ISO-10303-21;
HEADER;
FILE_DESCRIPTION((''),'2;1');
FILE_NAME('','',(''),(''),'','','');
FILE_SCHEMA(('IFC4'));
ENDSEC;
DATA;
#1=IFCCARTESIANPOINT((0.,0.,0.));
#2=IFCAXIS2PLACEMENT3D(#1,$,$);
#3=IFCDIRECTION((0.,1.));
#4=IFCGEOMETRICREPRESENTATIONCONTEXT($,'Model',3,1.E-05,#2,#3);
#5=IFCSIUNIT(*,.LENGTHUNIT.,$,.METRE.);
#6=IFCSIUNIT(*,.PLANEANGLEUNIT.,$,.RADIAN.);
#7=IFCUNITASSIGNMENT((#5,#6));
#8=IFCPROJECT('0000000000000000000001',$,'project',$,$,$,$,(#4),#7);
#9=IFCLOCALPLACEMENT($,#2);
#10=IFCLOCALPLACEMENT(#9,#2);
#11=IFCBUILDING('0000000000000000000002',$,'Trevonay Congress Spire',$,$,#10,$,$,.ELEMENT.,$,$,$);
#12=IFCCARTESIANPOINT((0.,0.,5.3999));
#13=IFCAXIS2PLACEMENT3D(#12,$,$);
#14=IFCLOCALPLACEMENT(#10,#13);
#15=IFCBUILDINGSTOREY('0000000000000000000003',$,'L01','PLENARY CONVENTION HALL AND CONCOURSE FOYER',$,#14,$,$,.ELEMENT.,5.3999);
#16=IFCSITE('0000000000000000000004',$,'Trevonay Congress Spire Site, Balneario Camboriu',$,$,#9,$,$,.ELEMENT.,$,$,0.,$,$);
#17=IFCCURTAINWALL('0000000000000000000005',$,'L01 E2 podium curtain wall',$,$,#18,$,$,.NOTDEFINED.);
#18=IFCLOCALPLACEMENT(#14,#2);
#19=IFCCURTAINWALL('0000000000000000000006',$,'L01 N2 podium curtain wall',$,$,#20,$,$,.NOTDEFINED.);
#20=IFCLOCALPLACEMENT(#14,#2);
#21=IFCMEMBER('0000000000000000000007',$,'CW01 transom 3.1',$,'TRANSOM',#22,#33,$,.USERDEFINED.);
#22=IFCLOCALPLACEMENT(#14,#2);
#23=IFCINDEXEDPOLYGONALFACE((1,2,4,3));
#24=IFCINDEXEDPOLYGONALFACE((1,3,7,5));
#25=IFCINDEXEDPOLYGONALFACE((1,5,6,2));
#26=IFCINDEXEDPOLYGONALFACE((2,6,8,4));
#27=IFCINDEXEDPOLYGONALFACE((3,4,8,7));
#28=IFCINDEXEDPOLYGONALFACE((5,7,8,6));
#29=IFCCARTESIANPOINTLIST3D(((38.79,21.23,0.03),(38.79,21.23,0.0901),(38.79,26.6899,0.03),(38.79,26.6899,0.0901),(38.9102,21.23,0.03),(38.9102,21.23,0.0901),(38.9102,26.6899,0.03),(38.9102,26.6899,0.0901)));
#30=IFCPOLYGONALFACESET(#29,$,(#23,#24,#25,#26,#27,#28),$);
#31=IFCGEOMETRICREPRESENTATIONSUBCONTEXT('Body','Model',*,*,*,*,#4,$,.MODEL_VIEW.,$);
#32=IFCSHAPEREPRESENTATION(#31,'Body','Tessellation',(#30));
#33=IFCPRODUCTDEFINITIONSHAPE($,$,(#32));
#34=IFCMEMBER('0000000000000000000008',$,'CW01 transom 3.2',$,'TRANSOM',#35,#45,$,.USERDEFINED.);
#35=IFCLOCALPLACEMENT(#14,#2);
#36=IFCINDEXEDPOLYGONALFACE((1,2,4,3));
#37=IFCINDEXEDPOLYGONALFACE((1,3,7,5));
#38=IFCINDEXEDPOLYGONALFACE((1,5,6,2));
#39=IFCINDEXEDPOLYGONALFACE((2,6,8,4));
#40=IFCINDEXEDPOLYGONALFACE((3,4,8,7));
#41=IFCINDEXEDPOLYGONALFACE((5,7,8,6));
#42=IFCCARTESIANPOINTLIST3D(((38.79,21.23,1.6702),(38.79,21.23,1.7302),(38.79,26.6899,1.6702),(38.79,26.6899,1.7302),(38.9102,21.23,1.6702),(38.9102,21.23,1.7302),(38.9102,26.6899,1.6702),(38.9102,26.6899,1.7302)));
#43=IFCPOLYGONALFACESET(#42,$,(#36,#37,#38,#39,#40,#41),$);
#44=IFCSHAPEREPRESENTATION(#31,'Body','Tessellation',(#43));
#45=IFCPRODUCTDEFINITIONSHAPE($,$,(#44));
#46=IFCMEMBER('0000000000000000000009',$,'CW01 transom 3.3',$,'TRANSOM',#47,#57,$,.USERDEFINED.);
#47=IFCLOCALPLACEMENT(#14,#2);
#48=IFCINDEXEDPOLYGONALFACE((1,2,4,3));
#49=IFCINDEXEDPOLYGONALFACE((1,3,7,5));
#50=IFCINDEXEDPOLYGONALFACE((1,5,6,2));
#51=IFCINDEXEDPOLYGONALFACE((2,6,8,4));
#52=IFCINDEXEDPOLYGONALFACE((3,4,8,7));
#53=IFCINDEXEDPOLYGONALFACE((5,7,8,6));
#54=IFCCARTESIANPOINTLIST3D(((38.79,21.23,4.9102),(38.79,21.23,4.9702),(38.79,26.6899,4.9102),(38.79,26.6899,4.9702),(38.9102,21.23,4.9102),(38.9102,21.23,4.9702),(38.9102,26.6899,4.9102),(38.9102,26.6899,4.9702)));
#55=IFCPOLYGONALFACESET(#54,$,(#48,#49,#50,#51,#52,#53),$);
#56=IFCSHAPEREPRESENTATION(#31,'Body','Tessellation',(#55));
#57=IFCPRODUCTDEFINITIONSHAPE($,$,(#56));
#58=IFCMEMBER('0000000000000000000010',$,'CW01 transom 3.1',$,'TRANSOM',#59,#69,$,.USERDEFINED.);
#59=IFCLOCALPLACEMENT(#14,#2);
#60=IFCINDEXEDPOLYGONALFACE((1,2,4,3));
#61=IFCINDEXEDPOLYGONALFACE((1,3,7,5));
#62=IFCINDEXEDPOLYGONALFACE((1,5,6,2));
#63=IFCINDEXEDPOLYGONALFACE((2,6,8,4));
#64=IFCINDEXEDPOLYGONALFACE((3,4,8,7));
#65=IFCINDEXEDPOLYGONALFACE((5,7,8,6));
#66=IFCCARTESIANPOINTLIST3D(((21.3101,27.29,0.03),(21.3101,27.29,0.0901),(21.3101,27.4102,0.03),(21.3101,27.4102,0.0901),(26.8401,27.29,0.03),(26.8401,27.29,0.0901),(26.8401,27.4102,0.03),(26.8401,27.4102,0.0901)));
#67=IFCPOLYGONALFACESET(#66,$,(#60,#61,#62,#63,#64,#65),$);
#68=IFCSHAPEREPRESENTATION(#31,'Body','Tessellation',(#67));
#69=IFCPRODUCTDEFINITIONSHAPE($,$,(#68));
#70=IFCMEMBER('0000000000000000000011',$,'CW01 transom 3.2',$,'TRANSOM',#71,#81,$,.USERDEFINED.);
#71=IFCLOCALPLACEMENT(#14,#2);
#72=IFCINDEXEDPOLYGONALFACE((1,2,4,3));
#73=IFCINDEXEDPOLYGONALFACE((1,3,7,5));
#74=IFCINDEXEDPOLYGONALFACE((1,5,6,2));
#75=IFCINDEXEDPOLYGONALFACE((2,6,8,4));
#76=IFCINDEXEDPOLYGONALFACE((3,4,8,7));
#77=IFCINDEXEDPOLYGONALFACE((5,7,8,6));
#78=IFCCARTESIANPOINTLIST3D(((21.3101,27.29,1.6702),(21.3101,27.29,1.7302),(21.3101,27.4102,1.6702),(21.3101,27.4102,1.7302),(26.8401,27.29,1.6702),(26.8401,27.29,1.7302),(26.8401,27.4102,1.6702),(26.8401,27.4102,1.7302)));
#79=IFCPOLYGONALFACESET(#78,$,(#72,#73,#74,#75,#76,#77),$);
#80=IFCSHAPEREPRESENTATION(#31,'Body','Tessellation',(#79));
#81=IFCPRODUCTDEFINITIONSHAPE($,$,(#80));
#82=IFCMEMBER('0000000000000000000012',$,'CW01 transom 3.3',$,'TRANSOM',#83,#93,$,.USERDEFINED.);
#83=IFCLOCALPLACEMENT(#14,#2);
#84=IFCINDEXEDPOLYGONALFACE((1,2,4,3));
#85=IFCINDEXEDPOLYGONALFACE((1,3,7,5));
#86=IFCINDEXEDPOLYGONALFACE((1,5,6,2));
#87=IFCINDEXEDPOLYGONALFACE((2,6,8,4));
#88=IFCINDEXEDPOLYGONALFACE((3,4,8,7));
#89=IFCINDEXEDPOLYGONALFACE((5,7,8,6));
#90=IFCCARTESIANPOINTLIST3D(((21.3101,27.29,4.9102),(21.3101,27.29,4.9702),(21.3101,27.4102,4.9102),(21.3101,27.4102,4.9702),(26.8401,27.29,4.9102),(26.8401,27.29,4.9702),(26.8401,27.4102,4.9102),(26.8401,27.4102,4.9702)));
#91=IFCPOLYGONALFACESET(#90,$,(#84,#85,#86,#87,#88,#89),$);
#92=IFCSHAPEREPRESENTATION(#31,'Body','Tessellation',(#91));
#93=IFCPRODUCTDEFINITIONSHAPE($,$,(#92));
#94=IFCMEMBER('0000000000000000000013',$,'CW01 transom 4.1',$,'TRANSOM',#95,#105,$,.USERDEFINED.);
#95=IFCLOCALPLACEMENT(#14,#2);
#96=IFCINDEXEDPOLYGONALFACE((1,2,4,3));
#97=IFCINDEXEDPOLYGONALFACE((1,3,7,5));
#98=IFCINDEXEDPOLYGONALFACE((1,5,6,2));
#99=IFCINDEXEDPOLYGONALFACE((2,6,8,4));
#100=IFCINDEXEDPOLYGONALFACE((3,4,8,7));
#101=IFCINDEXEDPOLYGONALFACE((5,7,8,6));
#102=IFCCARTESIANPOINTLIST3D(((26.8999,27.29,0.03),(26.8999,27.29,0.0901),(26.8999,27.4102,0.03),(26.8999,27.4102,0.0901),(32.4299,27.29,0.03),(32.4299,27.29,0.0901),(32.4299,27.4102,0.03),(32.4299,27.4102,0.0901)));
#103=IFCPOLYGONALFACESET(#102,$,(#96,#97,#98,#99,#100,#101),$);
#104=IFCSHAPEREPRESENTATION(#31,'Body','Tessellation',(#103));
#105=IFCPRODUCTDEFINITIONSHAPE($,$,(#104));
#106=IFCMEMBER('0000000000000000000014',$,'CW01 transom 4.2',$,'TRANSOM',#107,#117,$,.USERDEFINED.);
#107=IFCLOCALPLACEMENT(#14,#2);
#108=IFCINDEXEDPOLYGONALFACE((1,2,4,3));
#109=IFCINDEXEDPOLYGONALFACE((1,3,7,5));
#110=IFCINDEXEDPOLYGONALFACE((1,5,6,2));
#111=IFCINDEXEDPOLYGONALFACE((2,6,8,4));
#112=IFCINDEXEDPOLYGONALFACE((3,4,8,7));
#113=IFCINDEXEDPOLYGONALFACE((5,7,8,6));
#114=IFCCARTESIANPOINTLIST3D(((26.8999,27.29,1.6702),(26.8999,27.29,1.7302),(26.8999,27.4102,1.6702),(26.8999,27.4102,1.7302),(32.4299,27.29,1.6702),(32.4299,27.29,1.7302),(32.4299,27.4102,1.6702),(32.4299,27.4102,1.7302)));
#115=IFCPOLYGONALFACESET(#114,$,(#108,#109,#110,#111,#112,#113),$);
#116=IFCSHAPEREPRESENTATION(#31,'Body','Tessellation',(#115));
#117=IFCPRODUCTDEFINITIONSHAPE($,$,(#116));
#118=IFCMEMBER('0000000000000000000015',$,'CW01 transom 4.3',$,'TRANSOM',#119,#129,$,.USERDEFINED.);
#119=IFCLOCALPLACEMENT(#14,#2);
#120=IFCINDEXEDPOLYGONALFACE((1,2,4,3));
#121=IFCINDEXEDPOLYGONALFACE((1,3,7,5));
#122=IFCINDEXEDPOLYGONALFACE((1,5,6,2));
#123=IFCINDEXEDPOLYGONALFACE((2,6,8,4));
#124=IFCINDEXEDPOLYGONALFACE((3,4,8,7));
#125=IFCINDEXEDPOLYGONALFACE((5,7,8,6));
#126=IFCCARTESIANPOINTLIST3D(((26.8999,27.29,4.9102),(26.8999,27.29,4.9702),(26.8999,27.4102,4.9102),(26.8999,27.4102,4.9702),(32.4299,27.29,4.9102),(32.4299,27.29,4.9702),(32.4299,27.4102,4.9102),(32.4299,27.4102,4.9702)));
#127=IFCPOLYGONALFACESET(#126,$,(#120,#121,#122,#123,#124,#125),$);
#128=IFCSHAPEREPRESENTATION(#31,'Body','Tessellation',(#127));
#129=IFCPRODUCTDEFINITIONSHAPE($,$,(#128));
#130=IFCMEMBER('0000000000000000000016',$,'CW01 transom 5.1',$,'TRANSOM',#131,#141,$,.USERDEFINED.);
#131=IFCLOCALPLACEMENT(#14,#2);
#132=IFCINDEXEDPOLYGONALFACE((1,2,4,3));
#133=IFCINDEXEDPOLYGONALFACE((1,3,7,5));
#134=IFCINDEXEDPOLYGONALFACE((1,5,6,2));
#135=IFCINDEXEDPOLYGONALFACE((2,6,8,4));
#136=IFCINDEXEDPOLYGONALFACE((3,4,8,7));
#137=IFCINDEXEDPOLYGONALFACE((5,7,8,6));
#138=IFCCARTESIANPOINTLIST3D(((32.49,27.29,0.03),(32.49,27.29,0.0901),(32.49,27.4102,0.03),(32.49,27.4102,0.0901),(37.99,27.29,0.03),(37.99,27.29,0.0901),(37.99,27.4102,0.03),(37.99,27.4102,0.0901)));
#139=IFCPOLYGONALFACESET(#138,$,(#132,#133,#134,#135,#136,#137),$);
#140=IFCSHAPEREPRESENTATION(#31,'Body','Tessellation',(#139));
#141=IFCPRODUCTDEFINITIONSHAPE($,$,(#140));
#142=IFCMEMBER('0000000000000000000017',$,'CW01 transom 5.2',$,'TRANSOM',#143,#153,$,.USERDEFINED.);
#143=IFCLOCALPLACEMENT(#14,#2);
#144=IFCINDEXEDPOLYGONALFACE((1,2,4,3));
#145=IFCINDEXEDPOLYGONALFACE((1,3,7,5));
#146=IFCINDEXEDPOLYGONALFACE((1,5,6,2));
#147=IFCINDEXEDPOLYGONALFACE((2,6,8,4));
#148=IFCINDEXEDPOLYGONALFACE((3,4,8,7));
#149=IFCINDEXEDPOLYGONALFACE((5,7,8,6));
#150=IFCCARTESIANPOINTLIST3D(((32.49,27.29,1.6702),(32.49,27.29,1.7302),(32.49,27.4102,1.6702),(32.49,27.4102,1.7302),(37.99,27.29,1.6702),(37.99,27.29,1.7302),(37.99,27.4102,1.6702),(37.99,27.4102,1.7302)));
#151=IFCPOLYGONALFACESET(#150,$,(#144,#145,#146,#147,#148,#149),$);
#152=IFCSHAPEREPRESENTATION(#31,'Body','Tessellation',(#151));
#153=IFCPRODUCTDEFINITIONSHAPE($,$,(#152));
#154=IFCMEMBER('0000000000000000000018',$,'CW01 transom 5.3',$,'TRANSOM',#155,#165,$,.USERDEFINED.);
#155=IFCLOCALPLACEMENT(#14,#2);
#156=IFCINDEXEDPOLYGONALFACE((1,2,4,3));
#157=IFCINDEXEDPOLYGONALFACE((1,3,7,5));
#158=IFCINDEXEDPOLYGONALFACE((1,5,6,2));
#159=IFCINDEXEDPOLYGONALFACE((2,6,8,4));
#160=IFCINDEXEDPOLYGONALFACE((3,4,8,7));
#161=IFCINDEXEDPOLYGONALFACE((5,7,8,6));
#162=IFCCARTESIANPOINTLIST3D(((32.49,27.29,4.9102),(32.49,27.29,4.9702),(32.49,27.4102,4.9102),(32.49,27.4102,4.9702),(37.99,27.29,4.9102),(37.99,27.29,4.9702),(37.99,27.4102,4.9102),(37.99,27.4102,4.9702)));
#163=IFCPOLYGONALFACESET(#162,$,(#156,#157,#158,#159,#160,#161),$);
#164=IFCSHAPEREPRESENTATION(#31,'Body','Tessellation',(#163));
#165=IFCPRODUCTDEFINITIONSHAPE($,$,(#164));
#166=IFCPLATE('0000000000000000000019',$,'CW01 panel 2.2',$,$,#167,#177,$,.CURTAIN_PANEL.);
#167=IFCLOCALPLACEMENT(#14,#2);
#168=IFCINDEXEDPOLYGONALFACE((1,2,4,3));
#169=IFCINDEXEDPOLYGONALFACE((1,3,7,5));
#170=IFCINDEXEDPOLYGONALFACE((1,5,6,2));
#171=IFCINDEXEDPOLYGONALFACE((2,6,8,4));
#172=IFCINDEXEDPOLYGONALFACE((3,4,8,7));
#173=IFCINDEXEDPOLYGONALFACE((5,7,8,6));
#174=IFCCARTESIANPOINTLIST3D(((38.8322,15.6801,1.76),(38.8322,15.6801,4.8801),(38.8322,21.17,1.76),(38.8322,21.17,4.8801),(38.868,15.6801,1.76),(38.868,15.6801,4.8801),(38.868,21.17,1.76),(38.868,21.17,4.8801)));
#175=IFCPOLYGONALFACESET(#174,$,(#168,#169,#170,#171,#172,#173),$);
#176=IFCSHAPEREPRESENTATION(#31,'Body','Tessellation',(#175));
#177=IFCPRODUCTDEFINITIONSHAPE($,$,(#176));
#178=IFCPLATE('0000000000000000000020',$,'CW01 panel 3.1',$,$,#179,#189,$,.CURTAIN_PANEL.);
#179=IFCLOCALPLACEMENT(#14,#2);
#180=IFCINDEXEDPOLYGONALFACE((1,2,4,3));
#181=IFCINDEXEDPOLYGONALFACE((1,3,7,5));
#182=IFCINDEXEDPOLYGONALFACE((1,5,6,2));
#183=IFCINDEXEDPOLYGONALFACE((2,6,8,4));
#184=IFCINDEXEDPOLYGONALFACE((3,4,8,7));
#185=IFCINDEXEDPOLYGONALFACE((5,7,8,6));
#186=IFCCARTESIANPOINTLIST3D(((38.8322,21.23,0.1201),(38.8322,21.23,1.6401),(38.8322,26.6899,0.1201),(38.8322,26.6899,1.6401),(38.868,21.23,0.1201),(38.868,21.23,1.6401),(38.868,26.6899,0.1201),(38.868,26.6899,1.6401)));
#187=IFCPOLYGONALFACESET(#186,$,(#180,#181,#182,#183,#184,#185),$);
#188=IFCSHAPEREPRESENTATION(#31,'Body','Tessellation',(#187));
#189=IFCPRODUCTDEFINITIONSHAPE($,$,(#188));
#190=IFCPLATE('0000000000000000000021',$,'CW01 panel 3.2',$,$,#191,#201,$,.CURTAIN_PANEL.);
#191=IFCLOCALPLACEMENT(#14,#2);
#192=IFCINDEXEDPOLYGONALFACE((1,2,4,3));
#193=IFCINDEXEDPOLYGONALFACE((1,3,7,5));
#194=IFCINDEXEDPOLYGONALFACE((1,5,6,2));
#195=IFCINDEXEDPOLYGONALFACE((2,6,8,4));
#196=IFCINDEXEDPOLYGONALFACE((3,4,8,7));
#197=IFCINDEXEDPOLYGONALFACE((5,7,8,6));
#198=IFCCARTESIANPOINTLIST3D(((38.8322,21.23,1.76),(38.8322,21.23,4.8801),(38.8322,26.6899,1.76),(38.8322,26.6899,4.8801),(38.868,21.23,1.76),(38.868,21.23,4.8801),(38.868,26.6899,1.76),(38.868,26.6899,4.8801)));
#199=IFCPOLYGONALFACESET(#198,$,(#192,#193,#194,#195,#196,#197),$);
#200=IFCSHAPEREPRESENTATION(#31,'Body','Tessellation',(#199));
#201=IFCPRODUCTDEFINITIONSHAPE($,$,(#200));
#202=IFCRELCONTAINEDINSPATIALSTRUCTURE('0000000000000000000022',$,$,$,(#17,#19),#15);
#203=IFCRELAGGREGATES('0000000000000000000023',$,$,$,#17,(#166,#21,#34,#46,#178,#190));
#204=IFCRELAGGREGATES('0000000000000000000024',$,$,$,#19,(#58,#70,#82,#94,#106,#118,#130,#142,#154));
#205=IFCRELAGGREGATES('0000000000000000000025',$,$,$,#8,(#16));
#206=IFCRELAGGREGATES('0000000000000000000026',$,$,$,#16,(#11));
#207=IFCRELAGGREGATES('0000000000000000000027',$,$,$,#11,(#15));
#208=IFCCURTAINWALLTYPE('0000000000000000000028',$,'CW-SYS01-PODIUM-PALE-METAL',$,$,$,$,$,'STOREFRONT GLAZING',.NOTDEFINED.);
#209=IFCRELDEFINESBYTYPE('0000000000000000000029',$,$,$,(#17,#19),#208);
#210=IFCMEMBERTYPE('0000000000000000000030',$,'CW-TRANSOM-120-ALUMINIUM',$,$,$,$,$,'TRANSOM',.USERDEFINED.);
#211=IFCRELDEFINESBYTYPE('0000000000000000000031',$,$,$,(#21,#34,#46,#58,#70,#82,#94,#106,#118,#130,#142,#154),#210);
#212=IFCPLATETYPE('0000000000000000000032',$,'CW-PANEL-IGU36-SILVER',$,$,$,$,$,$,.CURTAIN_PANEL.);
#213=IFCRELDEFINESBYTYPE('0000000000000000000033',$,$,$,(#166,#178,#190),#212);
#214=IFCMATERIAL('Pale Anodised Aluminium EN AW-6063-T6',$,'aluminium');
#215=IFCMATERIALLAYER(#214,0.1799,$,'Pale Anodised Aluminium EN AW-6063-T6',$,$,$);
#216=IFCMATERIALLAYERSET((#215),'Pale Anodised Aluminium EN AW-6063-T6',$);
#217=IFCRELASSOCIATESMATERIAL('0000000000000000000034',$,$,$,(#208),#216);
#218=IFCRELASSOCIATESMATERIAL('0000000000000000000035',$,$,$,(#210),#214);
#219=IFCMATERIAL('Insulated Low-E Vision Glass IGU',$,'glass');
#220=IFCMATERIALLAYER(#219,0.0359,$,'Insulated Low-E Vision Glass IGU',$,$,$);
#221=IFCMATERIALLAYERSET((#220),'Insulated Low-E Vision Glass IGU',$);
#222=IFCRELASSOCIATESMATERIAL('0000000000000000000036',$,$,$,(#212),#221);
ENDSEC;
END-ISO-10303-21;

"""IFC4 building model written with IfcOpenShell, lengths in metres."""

from ifc_helpers import new_model, si_unit, direction, frame, origin, origin_2d, place, context, subcontext, project, spatial, rectangle, extrude, material, layer, layer_set, material_profile, profile_set, type_object, element, aggregate, save


model = new_model("IFC4")

# Units and contexts
model_context = context("Model", 3, precision=1e-05, world=origin(), true_north=direction((0.0, 1.0)))
body_context = subcontext(model_context, "Body", "Model", "MODEL_VIEW")
ifc_project = project(units=[si_unit("LENGTHUNIT", "METRE"), si_unit("PLANEANGLEUNIT", "RADIAN")], contexts=[model_context])

# Site, building, storey
site_placement = place(None, origin())
site = spatial("IfcSite", under=ifc_project, at=site_placement, Name="Trevonay Congress Spire Site, Balneario Camboriu", CompositionType="ELEMENT", RefElevation=0.0)
building_placement = place(site_placement, origin())
building = spatial("IfcBuilding", under=site, at=building_placement, Name="Trevonay Congress Spire", CompositionType="ELEMENT")
storey_placement = place(building_placement, frame((0.0, 0.0, 5.3999)))
storey = spatial("IfcBuildingStorey", under=building, at=storey_placement, Name="L01", Description="PLENARY CONVENTION HALL AND CONCOURSE FOYER", CompositionType="ELEMENT", Elevation=5.3999)

# Curtain walls
ifc_material_1 = material(Name="Pale Anodised Aluminium EN AW-6063-T6", Category="aluminium")
ifc_layer_1 = layer(ifc_material_1, 0.1799, Name="Pale Anodised Aluminium EN AW-6063-T6")
ifc_layer_set_1 = layer_set([ifc_layer_1], Name="Pale Anodised Aluminium EN AW-6063-T6")
curtain_wall_type = type_object("IfcCurtainWallType", Name="CW-SYS01-PODIUM-PALE-METAL", ElementType="STOREFRONT GLAZING", PredefinedType="NOTDEFINED", material=ifc_layer_set_1)
curtain_wall_1_placement = place(storey_placement, origin())
curtain_wall_1 = element("IfcCurtainWall", 1, at=curtain_wall_1_placement, inside=storey, type_object=curtain_wall_type, Name="L01 E2 podium curtain wall", PredefinedType="NOTDEFINED")
curtain_wall_2_placement = place(storey_placement, origin())
curtain_wall_2 = element("IfcCurtainWall", 2, at=curtain_wall_2_placement, inside=storey, type_object=curtain_wall_type, Name="L01 N2 podium curtain wall", PredefinedType="NOTDEFINED")

# Members
ifc_material_profile_1 = material_profile(ifc_material_1, rectangle(XDim=0.1201, YDim=0.0601, at=origin_2d()), Name="CW-TRANSOM-120-ALUMINIUM")
ifc_profile_set_1 = profile_set([ifc_material_profile_1], Name="Pale Anodised Aluminium EN AW-6063-T6")
member_type_1 = type_object("IfcMemberType", Name="CW-TRANSOM-120-ALUMINIUM", ElementType="TRANSOM", PredefinedType="USERDEFINED", material=ifc_profile_set_1)
member_1_placement = place(storey_placement, frame((38.8501, 21.23, 0.0601), z_axis=(0.0, 1.0, 0.0), x_axis=(-1.0, 0.0, 0.0)))
member_1 = element("IfcMember", 3, at=member_1_placement, type_object=member_type_1, Name="CW01 transom 3.1", ObjectType="TRANSOM", PredefinedType="USERDEFINED", context=body_context, shape_type="SweptSolid", body=[
    extrude(rectangle(XDim=0.1201, YDim=0.0601, at=origin_2d()), origin(), (0.0, 0.0, 1.0), 5.46),
])
member_2_placement = place(storey_placement, frame((38.8501, 21.23, 1.7002), z_axis=(0.0, 1.0, 0.0), x_axis=(-1.0, 0.0, 0.0)))
member_2 = element("IfcMember", 4, at=member_2_placement, type_object=member_type_1, Name="CW01 transom 3.2", ObjectType="TRANSOM", PredefinedType="USERDEFINED", context=body_context, shape_type="SweptSolid", body=[
    extrude(rectangle(XDim=0.1201, YDim=0.0601, at=origin_2d()), origin(), (0.0, 0.0, 1.0), 5.46),
])
member_3_placement = place(storey_placement, frame((38.8501, 21.23, 4.9402), z_axis=(0.0, 1.0, 0.0), x_axis=(-1.0, 0.0, 0.0)))
member_3 = element("IfcMember", 5, at=member_3_placement, type_object=member_type_1, Name="CW01 transom 3.3", ObjectType="TRANSOM", PredefinedType="USERDEFINED", context=body_context, shape_type="SweptSolid", body=[
    extrude(rectangle(XDim=0.1201, YDim=0.0601, at=origin_2d()), origin(), (0.0, 0.0, 1.0), 5.46),
])
member_4_placement = place(storey_placement, frame((21.3101, 27.3501, 0.0601), z_axis=(1.0, 0.0, 0.0), x_axis=(0.0, 1.0, 0.0)))
member_4 = element("IfcMember", 6, at=member_4_placement, type_object=member_type_1, Name="CW01 transom 3.1", ObjectType="TRANSOM", PredefinedType="USERDEFINED", context=body_context, shape_type="SweptSolid", body=[
    extrude(rectangle(XDim=0.1201, YDim=0.0601, at=origin_2d()), origin(), (0.0, 0.0, 1.0), 5.53),
])
member_5_placement = place(storey_placement, frame((21.3101, 27.3501, 1.7002), z_axis=(1.0, 0.0, 0.0), x_axis=(0.0, 1.0, 0.0)))
member_5 = element("IfcMember", 7, at=member_5_placement, type_object=member_type_1, Name="CW01 transom 3.2", ObjectType="TRANSOM", PredefinedType="USERDEFINED", context=body_context, shape_type="SweptSolid", body=[
    extrude(rectangle(XDim=0.1201, YDim=0.0601, at=origin_2d()), origin(), (0.0, 0.0, 1.0), 5.53),
])
member_6_placement = place(storey_placement, frame((21.3101, 27.3501, 4.9402), z_axis=(1.0, 0.0, 0.0), x_axis=(0.0, 1.0, 0.0)))
member_6 = element("IfcMember", 8, at=member_6_placement, type_object=member_type_1, Name="CW01 transom 3.3", ObjectType="TRANSOM", PredefinedType="USERDEFINED", context=body_context, shape_type="SweptSolid", body=[
    extrude(rectangle(XDim=0.1201, YDim=0.0601, at=origin_2d()), origin(), (0.0, 0.0, 1.0), 5.53),
])
member_7_placement = place(storey_placement, frame((26.8999, 27.3501, 0.0601), z_axis=(1.0, 0.0, 0.0), x_axis=(0.0, 1.0, 0.0)))
member_7 = element("IfcMember", 9, at=member_7_placement, type_object=member_type_1, Name="CW01 transom 4.1", ObjectType="TRANSOM", PredefinedType="USERDEFINED", context=body_context, shape_type="SweptSolid", body=[
    extrude(rectangle(XDim=0.1201, YDim=0.0601, at=origin_2d()), origin(), (0.0, 0.0, 1.0), 5.53),
])
member_8_placement = place(storey_placement, frame((26.8999, 27.3501, 1.7002), z_axis=(1.0, 0.0, 0.0), x_axis=(0.0, 1.0, 0.0)))
member_8 = element("IfcMember", 10, at=member_8_placement, type_object=member_type_1, Name="CW01 transom 4.2", ObjectType="TRANSOM", PredefinedType="USERDEFINED", context=body_context, shape_type="SweptSolid", body=[
    extrude(rectangle(XDim=0.1201, YDim=0.0601, at=origin_2d()), origin(), (0.0, 0.0, 1.0), 5.53),
])
member_9_placement = place(storey_placement, frame((26.8999, 27.3501, 4.9402), z_axis=(1.0, 0.0, 0.0), x_axis=(0.0, 1.0, 0.0)))
member_9 = element("IfcMember", 11, at=member_9_placement, type_object=member_type_1, Name="CW01 transom 4.3", ObjectType="TRANSOM", PredefinedType="USERDEFINED", context=body_context, shape_type="SweptSolid", body=[
    extrude(rectangle(XDim=0.1201, YDim=0.0601, at=origin_2d()), origin(), (0.0, 0.0, 1.0), 5.53),
])
member_10_placement = place(storey_placement, frame((32.49, 27.3501, 0.0601), z_axis=(1.0, 0.0, 0.0), x_axis=(0.0, 1.0, 0.0)))
member_10 = element("IfcMember", 12, at=member_10_placement, type_object=member_type_1, Name="CW01 transom 5.1", ObjectType="TRANSOM", PredefinedType="USERDEFINED", context=body_context, shape_type="SweptSolid", body=[
    extrude(rectangle(XDim=0.1201, YDim=0.0601, at=origin_2d()), origin(), (0.0, 0.0, 1.0), 5.5),
])
member_11_placement = place(storey_placement, frame((32.49, 27.3501, 1.7002), z_axis=(1.0, 0.0, 0.0), x_axis=(0.0, 1.0, 0.0)))
member_11 = element("IfcMember", 13, at=member_11_placement, type_object=member_type_1, Name="CW01 transom 5.2", ObjectType="TRANSOM", PredefinedType="USERDEFINED", context=body_context, shape_type="SweptSolid", body=[
    extrude(rectangle(XDim=0.1201, YDim=0.0601, at=origin_2d()), origin(), (0.0, 0.0, 1.0), 5.5),
])
member_12_placement = place(storey_placement, frame((32.49, 27.3501, 4.9402), z_axis=(1.0, 0.0, 0.0), x_axis=(0.0, 1.0, 0.0)))
member_12 = element("IfcMember", 14, at=member_12_placement, type_object=member_type_1, Name="CW01 transom 5.3", ObjectType="TRANSOM", PredefinedType="USERDEFINED", context=body_context, shape_type="SweptSolid", body=[
    extrude(rectangle(XDim=0.1201, YDim=0.0601, at=origin_2d()), origin(), (0.0, 0.0, 1.0), 5.5),
])

# Plates
ifc_material_2 = material(Name="Insulated Low-E Vision Glass IGU", Category="glass")
ifc_layer_2 = layer(ifc_material_2, 0.0359, Name="Insulated Low-E Vision Glass IGU")
ifc_layer_set_2 = layer_set([ifc_layer_2], Name="Insulated Low-E Vision Glass IGU")
plate_type = type_object("IfcPlateType", Name="CW-PANEL-IGU36-SILVER", PredefinedType="CURTAIN_PANEL", material=ifc_layer_set_2)
plate_1_placement = place(storey_placement, frame((38.8501, 18.425, 1.76), z_axis=(0.0, 0.0, 1.0), x_axis=(0.0, 1.0, 0.0)))
plate_1 = element("IfcPlate", 15, at=plate_1_placement, type_object=plate_type, Name="CW01 panel 2.2", PredefinedType="CURTAIN_PANEL", context=body_context, shape_type="SweptSolid", body=[
    extrude(rectangle(XDim=5.49, YDim=0.0359, at=origin_2d()), origin(), (0.0, 0.0, 1.0), 3.1201),
])
plate_2_placement = place(storey_placement, frame((38.8501, 23.96, 0.1201), z_axis=(0.0, 0.0, 1.0), x_axis=(0.0, 1.0, 0.0)))
plate_2 = element("IfcPlate", 16, at=plate_2_placement, type_object=plate_type, Name="CW01 panel 3.1", PredefinedType="CURTAIN_PANEL", context=body_context, shape_type="SweptSolid", body=[
    extrude(rectangle(XDim=5.46, YDim=0.0359, at=origin_2d()), origin(), (0.0, 0.0, 1.0), 1.52),
])
plate_3_placement = place(storey_placement, frame((38.8501, 23.96, 1.76), z_axis=(0.0, 0.0, 1.0), x_axis=(0.0, 1.0, 0.0)))
plate_3 = element("IfcPlate", 17, at=plate_3_placement, type_object=plate_type, Name="CW01 panel 3.2", PredefinedType="CURTAIN_PANEL", context=body_context, shape_type="SweptSolid", body=[
    extrude(rectangle(XDim=5.46, YDim=0.0359, at=origin_2d()), origin(), (0.0, 0.0, 1.0), 3.1201),
])
aggregate(curtain_wall_1, [plate_1, member_1, member_2, member_3, plate_2, plate_3])
aggregate(curtain_wall_2, [member_4, member_5, member_6, member_7, member_8, member_9, member_10, member_11, member_12])

save(model, "model.ifc")
